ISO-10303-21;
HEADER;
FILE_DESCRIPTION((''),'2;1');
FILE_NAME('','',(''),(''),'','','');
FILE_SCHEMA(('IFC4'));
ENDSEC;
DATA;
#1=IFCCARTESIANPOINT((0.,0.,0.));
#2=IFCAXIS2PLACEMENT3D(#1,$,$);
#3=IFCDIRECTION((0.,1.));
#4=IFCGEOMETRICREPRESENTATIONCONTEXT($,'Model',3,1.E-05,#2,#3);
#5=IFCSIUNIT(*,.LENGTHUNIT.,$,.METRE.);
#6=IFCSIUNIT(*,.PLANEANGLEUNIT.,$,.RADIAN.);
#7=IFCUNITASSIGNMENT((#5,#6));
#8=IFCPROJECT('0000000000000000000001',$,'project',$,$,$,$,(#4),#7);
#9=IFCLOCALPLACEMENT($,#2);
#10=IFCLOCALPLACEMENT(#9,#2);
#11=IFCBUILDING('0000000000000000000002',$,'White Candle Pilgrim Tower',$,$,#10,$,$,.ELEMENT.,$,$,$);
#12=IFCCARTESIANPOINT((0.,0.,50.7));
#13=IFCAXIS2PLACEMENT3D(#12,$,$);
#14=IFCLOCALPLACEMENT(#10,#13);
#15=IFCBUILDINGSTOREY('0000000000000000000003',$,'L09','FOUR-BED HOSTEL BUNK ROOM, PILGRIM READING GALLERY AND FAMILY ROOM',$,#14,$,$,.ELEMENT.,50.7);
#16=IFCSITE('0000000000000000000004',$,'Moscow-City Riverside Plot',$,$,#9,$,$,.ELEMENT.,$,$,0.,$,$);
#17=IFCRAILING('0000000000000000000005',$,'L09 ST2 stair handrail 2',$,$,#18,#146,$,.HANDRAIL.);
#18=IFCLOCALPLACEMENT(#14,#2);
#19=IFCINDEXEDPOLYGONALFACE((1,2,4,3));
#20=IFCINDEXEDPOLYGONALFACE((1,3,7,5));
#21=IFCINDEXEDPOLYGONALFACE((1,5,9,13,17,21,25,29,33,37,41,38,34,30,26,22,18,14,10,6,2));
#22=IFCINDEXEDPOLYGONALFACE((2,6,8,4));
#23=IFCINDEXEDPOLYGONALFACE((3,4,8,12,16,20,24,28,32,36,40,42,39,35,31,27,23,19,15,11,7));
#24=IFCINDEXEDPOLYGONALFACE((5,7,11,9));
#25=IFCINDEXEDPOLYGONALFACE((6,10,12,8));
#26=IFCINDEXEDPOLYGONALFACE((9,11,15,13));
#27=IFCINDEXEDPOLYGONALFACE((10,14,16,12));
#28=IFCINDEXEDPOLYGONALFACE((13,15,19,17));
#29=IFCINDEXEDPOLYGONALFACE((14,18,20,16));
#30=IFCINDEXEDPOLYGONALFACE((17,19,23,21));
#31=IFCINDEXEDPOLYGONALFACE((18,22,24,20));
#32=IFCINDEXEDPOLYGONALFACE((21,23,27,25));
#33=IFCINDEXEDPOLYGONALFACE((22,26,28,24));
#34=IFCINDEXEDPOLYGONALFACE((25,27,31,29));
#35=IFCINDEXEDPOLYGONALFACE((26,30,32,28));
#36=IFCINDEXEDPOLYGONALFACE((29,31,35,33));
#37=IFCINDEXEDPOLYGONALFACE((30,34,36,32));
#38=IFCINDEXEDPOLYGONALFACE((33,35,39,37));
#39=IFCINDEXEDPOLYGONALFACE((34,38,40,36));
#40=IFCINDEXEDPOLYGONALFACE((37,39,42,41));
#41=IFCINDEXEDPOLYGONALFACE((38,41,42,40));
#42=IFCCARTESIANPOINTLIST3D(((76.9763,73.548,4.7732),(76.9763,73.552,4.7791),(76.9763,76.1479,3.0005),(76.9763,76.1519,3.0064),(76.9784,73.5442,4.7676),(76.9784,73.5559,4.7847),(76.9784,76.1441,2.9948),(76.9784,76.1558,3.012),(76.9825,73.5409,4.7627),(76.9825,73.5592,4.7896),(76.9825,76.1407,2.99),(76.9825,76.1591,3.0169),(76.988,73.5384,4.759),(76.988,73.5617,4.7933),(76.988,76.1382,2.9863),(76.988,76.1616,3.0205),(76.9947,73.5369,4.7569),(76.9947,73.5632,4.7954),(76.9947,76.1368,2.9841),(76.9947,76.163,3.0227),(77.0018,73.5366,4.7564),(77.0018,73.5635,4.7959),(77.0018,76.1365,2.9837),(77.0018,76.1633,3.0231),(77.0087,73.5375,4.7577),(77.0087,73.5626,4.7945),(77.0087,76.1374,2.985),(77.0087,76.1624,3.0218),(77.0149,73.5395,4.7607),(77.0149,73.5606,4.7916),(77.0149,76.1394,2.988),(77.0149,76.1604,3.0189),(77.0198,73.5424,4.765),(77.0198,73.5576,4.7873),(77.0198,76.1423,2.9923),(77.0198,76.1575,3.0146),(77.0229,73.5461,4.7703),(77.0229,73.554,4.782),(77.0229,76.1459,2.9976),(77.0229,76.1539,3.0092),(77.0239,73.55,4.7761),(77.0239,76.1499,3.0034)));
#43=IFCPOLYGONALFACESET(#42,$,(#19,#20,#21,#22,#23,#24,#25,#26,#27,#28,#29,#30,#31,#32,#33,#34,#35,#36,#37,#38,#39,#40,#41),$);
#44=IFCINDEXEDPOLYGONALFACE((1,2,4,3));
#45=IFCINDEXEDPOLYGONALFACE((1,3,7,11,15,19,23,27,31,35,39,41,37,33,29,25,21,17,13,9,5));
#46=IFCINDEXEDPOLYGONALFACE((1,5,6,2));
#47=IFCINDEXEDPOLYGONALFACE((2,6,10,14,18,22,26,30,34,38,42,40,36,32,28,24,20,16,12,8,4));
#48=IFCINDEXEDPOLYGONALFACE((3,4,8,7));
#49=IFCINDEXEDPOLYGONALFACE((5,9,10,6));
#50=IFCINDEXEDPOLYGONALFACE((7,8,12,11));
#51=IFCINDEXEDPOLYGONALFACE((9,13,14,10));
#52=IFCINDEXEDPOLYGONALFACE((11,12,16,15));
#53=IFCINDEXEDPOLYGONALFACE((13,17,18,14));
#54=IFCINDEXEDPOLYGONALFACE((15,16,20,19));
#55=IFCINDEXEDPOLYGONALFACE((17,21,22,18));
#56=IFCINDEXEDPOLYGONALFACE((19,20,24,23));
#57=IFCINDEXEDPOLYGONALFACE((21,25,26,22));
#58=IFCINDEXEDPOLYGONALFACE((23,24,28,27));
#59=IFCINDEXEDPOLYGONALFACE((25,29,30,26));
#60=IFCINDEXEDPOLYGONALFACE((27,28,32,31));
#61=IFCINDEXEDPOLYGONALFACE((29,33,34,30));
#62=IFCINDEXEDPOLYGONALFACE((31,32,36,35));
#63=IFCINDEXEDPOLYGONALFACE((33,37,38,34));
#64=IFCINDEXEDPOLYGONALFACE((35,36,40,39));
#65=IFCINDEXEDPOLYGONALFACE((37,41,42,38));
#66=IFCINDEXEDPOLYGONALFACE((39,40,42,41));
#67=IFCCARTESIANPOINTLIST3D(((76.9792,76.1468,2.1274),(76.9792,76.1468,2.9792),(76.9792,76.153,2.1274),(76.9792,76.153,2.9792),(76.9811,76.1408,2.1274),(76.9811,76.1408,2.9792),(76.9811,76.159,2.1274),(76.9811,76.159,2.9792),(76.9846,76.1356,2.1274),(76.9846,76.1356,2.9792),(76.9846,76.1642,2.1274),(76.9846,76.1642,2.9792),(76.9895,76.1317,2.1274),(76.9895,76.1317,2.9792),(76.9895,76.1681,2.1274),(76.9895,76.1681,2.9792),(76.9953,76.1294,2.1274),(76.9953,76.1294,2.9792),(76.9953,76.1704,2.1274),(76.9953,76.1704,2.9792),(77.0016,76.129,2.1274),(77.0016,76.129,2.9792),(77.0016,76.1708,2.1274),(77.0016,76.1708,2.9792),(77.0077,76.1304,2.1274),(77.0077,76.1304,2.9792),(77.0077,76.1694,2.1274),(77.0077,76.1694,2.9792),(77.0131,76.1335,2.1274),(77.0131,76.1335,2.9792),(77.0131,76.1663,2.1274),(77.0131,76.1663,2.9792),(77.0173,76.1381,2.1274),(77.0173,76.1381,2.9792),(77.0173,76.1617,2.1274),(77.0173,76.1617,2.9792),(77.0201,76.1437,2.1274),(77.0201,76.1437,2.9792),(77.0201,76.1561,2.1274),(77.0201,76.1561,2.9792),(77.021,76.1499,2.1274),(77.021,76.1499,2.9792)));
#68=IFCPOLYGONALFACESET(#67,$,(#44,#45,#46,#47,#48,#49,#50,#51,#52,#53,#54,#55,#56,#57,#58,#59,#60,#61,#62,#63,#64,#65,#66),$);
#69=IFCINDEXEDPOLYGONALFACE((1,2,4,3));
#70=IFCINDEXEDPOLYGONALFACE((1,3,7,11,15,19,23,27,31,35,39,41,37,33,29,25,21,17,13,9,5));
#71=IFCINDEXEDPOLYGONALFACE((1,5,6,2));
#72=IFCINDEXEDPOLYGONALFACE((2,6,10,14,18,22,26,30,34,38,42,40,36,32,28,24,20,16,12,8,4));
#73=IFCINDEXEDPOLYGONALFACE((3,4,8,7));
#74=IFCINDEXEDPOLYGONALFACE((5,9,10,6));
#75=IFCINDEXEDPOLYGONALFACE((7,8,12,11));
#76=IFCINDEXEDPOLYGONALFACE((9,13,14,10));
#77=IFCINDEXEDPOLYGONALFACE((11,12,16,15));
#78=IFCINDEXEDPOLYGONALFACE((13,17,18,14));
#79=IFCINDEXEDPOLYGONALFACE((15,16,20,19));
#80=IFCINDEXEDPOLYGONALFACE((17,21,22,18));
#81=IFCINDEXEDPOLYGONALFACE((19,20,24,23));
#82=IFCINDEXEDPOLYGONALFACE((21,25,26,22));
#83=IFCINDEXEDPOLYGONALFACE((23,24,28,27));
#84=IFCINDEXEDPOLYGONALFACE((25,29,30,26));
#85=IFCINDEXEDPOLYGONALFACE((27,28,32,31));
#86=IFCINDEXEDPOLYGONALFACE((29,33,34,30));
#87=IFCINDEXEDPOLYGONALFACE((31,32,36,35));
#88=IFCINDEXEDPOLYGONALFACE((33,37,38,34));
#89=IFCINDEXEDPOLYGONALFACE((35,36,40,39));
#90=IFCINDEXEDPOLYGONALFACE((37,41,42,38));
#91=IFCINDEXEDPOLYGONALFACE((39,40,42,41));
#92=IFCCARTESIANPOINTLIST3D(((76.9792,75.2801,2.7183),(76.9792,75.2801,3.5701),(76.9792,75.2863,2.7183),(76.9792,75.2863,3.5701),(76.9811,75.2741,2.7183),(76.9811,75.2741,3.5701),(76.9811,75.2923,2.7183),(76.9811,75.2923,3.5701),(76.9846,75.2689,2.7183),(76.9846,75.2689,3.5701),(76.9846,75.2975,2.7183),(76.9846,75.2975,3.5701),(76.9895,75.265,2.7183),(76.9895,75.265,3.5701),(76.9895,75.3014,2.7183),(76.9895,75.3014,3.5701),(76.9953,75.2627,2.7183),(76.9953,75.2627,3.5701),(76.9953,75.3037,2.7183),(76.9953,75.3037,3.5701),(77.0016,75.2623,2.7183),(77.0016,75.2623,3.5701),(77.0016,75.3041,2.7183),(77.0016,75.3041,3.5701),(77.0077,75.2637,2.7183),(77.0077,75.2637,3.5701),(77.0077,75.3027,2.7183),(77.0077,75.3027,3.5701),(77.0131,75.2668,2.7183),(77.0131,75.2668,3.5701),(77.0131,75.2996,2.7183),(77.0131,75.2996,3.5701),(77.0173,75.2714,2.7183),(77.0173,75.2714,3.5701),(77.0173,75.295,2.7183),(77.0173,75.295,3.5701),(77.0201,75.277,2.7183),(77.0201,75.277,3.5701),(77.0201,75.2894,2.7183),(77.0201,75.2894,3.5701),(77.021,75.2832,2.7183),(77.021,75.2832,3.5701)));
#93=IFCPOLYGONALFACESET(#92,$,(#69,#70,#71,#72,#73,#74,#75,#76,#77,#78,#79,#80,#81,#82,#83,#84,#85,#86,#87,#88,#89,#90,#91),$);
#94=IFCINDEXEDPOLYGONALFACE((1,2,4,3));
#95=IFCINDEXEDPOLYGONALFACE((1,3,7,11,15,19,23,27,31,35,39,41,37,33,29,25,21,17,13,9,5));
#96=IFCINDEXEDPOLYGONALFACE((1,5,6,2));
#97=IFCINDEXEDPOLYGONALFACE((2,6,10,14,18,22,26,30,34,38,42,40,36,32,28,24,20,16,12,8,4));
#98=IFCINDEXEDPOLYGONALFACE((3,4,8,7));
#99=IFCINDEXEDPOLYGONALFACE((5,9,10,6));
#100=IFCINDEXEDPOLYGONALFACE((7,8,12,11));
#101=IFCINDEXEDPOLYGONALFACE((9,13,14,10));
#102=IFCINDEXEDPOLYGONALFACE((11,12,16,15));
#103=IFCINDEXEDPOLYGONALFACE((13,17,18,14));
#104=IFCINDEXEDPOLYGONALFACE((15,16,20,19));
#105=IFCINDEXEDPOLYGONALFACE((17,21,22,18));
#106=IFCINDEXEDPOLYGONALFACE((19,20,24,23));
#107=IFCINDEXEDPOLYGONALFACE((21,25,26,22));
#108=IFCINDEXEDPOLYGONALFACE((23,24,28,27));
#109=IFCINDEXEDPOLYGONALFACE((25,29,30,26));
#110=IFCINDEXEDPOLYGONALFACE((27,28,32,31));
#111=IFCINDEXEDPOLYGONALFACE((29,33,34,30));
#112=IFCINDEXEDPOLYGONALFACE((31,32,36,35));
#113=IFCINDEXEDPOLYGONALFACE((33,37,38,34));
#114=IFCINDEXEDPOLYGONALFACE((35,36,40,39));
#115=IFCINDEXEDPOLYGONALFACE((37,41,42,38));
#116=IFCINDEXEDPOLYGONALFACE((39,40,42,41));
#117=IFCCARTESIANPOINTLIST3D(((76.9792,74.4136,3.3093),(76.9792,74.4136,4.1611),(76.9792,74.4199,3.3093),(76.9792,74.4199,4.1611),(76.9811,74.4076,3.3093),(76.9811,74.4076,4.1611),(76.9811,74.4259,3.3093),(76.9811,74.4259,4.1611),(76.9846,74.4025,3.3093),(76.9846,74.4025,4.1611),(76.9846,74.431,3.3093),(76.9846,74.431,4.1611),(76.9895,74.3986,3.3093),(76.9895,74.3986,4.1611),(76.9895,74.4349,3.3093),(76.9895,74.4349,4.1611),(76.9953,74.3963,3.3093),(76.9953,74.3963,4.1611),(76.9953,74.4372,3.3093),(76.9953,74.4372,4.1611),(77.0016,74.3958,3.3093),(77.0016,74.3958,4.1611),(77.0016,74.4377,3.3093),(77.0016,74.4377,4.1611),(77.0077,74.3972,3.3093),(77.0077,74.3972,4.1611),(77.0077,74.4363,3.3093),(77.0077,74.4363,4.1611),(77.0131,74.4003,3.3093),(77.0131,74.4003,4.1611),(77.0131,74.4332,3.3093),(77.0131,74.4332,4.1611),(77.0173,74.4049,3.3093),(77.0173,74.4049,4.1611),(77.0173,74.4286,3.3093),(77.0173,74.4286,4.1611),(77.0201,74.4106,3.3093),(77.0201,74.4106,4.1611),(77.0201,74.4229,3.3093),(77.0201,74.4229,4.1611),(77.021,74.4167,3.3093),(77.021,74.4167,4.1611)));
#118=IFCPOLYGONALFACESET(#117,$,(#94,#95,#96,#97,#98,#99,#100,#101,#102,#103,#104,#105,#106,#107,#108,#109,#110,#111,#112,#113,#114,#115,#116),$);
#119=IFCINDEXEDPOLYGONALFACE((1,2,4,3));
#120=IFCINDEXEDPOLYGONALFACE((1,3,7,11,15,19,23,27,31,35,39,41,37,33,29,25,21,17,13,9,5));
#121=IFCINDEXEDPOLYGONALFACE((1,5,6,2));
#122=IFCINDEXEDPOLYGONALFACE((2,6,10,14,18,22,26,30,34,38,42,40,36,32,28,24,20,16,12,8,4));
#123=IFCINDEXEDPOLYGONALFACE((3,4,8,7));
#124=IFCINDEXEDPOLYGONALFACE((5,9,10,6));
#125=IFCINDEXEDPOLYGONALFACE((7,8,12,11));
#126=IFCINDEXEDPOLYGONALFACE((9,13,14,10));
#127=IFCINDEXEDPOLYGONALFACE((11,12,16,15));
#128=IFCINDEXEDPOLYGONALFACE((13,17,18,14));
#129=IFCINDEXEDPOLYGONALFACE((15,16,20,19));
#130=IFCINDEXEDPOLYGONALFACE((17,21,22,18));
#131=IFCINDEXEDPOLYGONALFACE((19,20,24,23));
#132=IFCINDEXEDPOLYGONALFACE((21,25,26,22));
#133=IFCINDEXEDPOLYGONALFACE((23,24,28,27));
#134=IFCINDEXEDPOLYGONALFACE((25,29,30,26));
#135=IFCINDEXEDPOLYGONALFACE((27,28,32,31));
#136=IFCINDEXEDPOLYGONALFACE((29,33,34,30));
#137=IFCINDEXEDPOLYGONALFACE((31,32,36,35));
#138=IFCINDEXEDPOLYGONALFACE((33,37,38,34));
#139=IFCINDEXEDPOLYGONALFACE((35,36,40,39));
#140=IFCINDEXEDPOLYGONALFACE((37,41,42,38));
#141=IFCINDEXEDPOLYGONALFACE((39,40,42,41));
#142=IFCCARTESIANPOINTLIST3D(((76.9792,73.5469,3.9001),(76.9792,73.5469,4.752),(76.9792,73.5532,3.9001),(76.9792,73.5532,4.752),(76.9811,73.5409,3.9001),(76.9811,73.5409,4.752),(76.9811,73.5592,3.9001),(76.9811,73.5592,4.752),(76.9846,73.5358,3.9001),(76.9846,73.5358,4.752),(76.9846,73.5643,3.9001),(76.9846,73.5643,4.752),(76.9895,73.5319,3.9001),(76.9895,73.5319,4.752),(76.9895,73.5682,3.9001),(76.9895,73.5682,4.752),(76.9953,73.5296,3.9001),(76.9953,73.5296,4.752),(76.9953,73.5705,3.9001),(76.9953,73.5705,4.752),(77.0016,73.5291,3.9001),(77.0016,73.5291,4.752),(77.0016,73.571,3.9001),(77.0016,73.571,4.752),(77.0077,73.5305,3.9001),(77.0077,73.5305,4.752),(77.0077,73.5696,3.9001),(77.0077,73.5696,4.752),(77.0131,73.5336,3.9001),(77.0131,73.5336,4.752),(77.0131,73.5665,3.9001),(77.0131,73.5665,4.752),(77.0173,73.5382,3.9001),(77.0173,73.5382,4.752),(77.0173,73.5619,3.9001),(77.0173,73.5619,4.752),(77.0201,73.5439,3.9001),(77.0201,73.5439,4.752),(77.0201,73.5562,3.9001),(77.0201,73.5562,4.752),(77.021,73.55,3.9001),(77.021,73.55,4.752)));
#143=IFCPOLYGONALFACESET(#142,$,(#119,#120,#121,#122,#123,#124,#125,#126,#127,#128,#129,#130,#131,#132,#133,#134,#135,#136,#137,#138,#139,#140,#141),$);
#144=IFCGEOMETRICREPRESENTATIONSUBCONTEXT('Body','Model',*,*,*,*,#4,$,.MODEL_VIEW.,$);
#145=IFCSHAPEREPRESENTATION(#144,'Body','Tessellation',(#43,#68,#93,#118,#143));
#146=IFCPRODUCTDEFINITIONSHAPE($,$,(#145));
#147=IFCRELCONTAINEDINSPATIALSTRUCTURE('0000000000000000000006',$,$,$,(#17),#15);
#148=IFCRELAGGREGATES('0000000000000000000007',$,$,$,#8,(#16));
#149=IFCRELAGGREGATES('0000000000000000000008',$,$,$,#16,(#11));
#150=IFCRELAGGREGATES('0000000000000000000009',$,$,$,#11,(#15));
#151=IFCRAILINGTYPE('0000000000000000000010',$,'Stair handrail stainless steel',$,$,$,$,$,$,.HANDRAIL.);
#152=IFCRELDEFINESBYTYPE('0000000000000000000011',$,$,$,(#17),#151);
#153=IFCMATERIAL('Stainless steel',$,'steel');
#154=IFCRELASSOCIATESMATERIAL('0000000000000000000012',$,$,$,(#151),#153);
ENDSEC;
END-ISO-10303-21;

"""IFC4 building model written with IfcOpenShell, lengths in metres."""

from ifc_helpers import new_model, si_unit, direction, frame, origin, origin_2d, place, context, subcontext, project, spatial, circle, extrude, material, type_object, element, save


model = new_model("IFC4")

# Units and contexts
model_context = context("Model", 3, precision=1e-05, world=origin(), true_north=direction((0.0, 1.0)))
body_context = subcontext(model_context, "Body", "Model", "MODEL_VIEW")
ifc_project = project(units=[si_unit("LENGTHUNIT", "METRE"), si_unit("PLANEANGLEUNIT", "RADIAN")], contexts=[model_context])

# Site, building, storey
site_placement = place(None, origin())
site = spatial("IfcSite", under=ifc_project, at=site_placement, Name="Moscow-City Riverside Plot", CompositionType="ELEMENT", RefElevation=0.0)
building_placement = place(site_placement, origin())
building = spatial("IfcBuilding", under=site, at=building_placement, Name="White Candle Pilgrim Tower", CompositionType="ELEMENT")
storey_placement = place(building_placement, frame((0.0, 0.0, 50.7)))
storey = spatial("IfcBuildingStorey", under=building, at=storey_placement, Name="L09", Description="FOUR-BED HOSTEL BUNK ROOM, PILGRIM READING GALLERY AND FAMILY ROOM", CompositionType="ELEMENT", Elevation=50.7)

# Railing
ifc_material_1 = material(Name="Stainless steel", Category="steel")
railing_type_1 = type_object("IfcRailingType", Name="Stair handrail stainless steel", PredefinedType="HANDRAIL", material=ifc_material_1)
railing_1_placement = place(storey_placement, frame((77.0, 76.1499, 2.1274)))
element("IfcRailing", 1, at=railing_1_placement, inside=storey, type_object=railing_type_1, Name="L09 ST2 stair handrail 2", PredefinedType="HANDRAIL", context=body_context, shape_type="SweptSolid", body=[
    extrude(circle(Radius=0.0239, at=origin_2d()), frame((0.0, 0.0, 0.876), z_axis=(0.0, -0.826216, 0.563354), x_axis=(1.0, 0.0, 0.0)), (0.0, 0.0, 1.0), 3.1467),
    extrude(circle(Radius=0.021, at=origin_2d()), origin(), (0.0, 0.0, 1.0), 0.8518),
    extrude(circle(Radius=0.021, at=origin_2d()), frame((0.0, -0.8667, 0.5908)), (0.0, 0.0, 1.0), 0.8518),
    extrude(circle(Radius=0.021, at=origin_2d()), frame((0.0, -1.7332, 1.1819)), (0.0, 0.0, 1.0), 0.8518),
    extrude(circle(Radius=0.021, at=origin_2d()), frame((0.0, -2.5999, 1.7727)), (0.0, 0.0, 1.0), 0.8518),
])

save(model, "model.ifc")
